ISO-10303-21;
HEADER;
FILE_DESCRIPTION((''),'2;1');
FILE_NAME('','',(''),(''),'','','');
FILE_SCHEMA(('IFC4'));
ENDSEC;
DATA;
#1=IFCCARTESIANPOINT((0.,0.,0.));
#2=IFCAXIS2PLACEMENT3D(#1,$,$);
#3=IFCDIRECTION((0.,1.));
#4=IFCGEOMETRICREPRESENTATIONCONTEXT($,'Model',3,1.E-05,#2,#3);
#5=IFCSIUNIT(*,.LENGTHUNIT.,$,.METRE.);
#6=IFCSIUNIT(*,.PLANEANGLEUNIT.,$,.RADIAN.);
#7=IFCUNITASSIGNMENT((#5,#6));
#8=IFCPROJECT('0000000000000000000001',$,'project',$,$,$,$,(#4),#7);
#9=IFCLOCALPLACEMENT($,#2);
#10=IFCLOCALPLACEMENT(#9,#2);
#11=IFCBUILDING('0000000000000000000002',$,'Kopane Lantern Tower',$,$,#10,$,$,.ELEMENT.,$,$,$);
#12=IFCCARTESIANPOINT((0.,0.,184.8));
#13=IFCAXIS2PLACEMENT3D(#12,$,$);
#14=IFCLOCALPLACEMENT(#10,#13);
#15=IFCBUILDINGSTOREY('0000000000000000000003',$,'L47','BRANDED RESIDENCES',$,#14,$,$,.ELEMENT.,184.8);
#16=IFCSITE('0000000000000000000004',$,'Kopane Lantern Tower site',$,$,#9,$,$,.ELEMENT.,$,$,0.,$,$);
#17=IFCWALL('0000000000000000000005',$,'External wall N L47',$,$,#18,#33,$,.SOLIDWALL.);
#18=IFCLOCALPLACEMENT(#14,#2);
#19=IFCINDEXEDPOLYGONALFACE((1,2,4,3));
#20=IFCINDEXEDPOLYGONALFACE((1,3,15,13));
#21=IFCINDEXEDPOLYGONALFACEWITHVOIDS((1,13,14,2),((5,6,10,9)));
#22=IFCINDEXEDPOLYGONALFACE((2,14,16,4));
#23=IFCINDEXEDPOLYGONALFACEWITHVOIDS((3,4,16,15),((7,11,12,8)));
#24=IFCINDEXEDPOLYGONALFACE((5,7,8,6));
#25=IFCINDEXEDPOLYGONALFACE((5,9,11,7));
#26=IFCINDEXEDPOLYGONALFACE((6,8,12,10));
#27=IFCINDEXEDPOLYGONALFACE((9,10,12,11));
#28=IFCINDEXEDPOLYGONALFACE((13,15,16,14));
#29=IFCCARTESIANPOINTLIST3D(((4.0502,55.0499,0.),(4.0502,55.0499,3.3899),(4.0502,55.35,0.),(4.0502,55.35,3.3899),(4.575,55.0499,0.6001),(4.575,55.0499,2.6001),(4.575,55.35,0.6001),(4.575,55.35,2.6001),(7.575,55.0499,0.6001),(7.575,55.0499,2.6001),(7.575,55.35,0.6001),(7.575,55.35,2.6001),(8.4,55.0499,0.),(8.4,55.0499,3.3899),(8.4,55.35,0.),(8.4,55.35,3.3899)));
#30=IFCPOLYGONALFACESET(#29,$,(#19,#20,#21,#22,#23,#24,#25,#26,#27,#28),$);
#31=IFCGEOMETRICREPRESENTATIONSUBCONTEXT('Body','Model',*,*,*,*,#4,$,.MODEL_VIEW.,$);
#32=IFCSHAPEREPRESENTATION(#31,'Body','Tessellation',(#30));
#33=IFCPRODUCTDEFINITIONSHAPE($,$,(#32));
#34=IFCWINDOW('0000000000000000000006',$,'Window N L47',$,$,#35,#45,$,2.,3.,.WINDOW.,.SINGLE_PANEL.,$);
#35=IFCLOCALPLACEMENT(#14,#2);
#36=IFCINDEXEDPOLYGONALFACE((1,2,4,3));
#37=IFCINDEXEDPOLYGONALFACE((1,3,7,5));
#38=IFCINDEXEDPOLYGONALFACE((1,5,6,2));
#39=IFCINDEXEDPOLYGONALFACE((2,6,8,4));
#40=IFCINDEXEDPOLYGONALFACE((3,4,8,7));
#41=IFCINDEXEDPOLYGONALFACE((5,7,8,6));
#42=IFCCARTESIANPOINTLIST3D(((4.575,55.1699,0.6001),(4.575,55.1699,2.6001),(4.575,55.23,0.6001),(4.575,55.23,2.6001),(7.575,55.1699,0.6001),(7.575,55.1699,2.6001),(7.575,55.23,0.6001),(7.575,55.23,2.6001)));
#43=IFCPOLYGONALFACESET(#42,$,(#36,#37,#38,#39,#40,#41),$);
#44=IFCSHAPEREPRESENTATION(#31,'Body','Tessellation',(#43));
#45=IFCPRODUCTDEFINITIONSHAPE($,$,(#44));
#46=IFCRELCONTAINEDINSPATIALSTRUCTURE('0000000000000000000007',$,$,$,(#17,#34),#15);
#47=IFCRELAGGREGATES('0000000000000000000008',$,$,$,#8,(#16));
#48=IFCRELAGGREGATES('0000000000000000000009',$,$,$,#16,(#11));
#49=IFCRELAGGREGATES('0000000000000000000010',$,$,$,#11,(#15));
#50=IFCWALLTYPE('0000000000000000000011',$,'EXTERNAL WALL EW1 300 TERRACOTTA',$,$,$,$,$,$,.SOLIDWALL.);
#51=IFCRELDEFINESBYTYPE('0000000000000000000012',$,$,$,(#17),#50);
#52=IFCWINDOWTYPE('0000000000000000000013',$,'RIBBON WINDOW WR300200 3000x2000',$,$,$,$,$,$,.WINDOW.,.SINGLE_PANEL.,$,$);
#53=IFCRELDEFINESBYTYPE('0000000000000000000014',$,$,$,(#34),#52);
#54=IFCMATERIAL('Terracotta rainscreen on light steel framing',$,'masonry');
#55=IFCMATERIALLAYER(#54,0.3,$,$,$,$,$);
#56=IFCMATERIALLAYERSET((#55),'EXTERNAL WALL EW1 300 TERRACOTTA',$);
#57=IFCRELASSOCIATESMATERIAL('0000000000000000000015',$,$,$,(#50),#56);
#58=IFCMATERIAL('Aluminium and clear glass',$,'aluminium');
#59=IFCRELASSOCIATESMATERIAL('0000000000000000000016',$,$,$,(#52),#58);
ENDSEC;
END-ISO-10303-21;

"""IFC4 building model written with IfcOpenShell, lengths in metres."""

from ifc_helpers import new_model, si_unit, direction, frame, frame_2d, origin, place, context, subcontext, project, spatial, rectangle, extrude, material, layer, layer_set, type_object, element, fill, save


model = new_model("IFC4")

# Units and contexts
model_context = context("Model", 3, precision=1e-05, world=origin(), true_north=direction((0.0, 1.0)))
body_context = subcontext(model_context, "Body", "Model", "MODEL_VIEW")
ifc_project = project(units=[si_unit("LENGTHUNIT", "METRE"), si_unit("PLANEANGLEUNIT", "RADIAN")], contexts=[model_context])

# Site, building, storey
site_placement = place(None, origin())
site = spatial("IfcSite", under=ifc_project, at=site_placement, Name="Kopane Lantern Tower site", CompositionType="ELEMENT", RefElevation=0.0)
building_placement = place(site_placement, origin())
building = spatial("IfcBuilding", under=site, at=building_placement, Name="Kopane Lantern Tower", CompositionType="ELEMENT")
storey_placement = place(building_placement, frame((0.0, 0.0, 184.8)))
storey = spatial("IfcBuildingStorey", under=building, at=storey_placement, Name="L47", Description="BRANDED RESIDENCES", CompositionType="ELEMENT", Elevation=184.8)

# Wall, opening, window
ifc_material_1 = material(Name="Terracotta rainscreen on light steel framing", Category="masonry")
ifc_layer_1 = layer(ifc_material_1, 0.3)
ifc_layer_set_1 = layer_set([ifc_layer_1], Name="EXTERNAL WALL EW1 300 TERRACOTTA")
wall_type_1 = type_object("IfcWallType", Name="EXTERNAL WALL EW1 300 TERRACOTTA", PredefinedType="SOLIDWALL", material=ifc_layer_set_1)
ifc_material_2 = material(Name="Aluminium and clear glass", Category="aluminium")
window_type = type_object("IfcWindowType", Name="RIBBON WINDOW WR300200 3000x2000", PartitioningType="SINGLE_PANEL", PredefinedType="WINDOW", material=ifc_material_2)
wall_1_placement = place(storey_placement, frame((8.3999, 55.2, 0.0), z_axis=(0.0, 0.0, 1.0), x_axis=(-1.0, 0.0, 0.0)))
wall_1 = element("IfcWall", 1, at=wall_1_placement, inside=storey, type_object=wall_type_1, Name="External wall N L47", PredefinedType="SOLIDWALL", context=body_context, shape_type="SweptSolid", body=[
    extrude(rectangle(XDim=4.3499, YDim=0.3, at=frame_2d((2.1748, 0.0))), origin(), (0.0, 0.0, 1.0), 3.3899),
])
opening_1_placement = place(wall_1_placement, frame((0.825, 0.0, 0.6001)))
opening_1 = element("IfcOpeningElement", 2, at=opening_1_placement, cuts=wall_1, PredefinedType="OPENING", context=body_context, shape_type="SweptSolid", body=[
    extrude(rectangle(XDim=3.0, YDim=2.0, at=frame_2d((1.5, 1.0))), frame((0.0, 0.1599, 0.0), z_axis=(0.0, -1.0, 0.0), x_axis=(1.0, 0.0, 0.0)), (0.0, 0.0, 1.0), 0.3201),
])
window_1_placement = place(opening_1_placement, origin())
window_1 = element("IfcWindow", 3, at=window_1_placement, inside=storey, type_object=window_type, Name="Window N L47", OverallHeight=2.0, OverallWidth=3.0, PartitioningType="SINGLE_PANEL", PredefinedType="WINDOW", context=body_context, shape_type="SweptSolid", body=[
    extrude(rectangle(XDim=3.0, YDim=2.0, at=frame_2d((1.5, 1.0))), frame((0.0, 0.03, 0.0), z_axis=(0.0, -1.0, 0.0), x_axis=(1.0, 0.0, 0.0)), (0.0, 0.0, 1.0), 0.0601),
])
fill(opening_1, window_1)

save(model, "model.ifc")
